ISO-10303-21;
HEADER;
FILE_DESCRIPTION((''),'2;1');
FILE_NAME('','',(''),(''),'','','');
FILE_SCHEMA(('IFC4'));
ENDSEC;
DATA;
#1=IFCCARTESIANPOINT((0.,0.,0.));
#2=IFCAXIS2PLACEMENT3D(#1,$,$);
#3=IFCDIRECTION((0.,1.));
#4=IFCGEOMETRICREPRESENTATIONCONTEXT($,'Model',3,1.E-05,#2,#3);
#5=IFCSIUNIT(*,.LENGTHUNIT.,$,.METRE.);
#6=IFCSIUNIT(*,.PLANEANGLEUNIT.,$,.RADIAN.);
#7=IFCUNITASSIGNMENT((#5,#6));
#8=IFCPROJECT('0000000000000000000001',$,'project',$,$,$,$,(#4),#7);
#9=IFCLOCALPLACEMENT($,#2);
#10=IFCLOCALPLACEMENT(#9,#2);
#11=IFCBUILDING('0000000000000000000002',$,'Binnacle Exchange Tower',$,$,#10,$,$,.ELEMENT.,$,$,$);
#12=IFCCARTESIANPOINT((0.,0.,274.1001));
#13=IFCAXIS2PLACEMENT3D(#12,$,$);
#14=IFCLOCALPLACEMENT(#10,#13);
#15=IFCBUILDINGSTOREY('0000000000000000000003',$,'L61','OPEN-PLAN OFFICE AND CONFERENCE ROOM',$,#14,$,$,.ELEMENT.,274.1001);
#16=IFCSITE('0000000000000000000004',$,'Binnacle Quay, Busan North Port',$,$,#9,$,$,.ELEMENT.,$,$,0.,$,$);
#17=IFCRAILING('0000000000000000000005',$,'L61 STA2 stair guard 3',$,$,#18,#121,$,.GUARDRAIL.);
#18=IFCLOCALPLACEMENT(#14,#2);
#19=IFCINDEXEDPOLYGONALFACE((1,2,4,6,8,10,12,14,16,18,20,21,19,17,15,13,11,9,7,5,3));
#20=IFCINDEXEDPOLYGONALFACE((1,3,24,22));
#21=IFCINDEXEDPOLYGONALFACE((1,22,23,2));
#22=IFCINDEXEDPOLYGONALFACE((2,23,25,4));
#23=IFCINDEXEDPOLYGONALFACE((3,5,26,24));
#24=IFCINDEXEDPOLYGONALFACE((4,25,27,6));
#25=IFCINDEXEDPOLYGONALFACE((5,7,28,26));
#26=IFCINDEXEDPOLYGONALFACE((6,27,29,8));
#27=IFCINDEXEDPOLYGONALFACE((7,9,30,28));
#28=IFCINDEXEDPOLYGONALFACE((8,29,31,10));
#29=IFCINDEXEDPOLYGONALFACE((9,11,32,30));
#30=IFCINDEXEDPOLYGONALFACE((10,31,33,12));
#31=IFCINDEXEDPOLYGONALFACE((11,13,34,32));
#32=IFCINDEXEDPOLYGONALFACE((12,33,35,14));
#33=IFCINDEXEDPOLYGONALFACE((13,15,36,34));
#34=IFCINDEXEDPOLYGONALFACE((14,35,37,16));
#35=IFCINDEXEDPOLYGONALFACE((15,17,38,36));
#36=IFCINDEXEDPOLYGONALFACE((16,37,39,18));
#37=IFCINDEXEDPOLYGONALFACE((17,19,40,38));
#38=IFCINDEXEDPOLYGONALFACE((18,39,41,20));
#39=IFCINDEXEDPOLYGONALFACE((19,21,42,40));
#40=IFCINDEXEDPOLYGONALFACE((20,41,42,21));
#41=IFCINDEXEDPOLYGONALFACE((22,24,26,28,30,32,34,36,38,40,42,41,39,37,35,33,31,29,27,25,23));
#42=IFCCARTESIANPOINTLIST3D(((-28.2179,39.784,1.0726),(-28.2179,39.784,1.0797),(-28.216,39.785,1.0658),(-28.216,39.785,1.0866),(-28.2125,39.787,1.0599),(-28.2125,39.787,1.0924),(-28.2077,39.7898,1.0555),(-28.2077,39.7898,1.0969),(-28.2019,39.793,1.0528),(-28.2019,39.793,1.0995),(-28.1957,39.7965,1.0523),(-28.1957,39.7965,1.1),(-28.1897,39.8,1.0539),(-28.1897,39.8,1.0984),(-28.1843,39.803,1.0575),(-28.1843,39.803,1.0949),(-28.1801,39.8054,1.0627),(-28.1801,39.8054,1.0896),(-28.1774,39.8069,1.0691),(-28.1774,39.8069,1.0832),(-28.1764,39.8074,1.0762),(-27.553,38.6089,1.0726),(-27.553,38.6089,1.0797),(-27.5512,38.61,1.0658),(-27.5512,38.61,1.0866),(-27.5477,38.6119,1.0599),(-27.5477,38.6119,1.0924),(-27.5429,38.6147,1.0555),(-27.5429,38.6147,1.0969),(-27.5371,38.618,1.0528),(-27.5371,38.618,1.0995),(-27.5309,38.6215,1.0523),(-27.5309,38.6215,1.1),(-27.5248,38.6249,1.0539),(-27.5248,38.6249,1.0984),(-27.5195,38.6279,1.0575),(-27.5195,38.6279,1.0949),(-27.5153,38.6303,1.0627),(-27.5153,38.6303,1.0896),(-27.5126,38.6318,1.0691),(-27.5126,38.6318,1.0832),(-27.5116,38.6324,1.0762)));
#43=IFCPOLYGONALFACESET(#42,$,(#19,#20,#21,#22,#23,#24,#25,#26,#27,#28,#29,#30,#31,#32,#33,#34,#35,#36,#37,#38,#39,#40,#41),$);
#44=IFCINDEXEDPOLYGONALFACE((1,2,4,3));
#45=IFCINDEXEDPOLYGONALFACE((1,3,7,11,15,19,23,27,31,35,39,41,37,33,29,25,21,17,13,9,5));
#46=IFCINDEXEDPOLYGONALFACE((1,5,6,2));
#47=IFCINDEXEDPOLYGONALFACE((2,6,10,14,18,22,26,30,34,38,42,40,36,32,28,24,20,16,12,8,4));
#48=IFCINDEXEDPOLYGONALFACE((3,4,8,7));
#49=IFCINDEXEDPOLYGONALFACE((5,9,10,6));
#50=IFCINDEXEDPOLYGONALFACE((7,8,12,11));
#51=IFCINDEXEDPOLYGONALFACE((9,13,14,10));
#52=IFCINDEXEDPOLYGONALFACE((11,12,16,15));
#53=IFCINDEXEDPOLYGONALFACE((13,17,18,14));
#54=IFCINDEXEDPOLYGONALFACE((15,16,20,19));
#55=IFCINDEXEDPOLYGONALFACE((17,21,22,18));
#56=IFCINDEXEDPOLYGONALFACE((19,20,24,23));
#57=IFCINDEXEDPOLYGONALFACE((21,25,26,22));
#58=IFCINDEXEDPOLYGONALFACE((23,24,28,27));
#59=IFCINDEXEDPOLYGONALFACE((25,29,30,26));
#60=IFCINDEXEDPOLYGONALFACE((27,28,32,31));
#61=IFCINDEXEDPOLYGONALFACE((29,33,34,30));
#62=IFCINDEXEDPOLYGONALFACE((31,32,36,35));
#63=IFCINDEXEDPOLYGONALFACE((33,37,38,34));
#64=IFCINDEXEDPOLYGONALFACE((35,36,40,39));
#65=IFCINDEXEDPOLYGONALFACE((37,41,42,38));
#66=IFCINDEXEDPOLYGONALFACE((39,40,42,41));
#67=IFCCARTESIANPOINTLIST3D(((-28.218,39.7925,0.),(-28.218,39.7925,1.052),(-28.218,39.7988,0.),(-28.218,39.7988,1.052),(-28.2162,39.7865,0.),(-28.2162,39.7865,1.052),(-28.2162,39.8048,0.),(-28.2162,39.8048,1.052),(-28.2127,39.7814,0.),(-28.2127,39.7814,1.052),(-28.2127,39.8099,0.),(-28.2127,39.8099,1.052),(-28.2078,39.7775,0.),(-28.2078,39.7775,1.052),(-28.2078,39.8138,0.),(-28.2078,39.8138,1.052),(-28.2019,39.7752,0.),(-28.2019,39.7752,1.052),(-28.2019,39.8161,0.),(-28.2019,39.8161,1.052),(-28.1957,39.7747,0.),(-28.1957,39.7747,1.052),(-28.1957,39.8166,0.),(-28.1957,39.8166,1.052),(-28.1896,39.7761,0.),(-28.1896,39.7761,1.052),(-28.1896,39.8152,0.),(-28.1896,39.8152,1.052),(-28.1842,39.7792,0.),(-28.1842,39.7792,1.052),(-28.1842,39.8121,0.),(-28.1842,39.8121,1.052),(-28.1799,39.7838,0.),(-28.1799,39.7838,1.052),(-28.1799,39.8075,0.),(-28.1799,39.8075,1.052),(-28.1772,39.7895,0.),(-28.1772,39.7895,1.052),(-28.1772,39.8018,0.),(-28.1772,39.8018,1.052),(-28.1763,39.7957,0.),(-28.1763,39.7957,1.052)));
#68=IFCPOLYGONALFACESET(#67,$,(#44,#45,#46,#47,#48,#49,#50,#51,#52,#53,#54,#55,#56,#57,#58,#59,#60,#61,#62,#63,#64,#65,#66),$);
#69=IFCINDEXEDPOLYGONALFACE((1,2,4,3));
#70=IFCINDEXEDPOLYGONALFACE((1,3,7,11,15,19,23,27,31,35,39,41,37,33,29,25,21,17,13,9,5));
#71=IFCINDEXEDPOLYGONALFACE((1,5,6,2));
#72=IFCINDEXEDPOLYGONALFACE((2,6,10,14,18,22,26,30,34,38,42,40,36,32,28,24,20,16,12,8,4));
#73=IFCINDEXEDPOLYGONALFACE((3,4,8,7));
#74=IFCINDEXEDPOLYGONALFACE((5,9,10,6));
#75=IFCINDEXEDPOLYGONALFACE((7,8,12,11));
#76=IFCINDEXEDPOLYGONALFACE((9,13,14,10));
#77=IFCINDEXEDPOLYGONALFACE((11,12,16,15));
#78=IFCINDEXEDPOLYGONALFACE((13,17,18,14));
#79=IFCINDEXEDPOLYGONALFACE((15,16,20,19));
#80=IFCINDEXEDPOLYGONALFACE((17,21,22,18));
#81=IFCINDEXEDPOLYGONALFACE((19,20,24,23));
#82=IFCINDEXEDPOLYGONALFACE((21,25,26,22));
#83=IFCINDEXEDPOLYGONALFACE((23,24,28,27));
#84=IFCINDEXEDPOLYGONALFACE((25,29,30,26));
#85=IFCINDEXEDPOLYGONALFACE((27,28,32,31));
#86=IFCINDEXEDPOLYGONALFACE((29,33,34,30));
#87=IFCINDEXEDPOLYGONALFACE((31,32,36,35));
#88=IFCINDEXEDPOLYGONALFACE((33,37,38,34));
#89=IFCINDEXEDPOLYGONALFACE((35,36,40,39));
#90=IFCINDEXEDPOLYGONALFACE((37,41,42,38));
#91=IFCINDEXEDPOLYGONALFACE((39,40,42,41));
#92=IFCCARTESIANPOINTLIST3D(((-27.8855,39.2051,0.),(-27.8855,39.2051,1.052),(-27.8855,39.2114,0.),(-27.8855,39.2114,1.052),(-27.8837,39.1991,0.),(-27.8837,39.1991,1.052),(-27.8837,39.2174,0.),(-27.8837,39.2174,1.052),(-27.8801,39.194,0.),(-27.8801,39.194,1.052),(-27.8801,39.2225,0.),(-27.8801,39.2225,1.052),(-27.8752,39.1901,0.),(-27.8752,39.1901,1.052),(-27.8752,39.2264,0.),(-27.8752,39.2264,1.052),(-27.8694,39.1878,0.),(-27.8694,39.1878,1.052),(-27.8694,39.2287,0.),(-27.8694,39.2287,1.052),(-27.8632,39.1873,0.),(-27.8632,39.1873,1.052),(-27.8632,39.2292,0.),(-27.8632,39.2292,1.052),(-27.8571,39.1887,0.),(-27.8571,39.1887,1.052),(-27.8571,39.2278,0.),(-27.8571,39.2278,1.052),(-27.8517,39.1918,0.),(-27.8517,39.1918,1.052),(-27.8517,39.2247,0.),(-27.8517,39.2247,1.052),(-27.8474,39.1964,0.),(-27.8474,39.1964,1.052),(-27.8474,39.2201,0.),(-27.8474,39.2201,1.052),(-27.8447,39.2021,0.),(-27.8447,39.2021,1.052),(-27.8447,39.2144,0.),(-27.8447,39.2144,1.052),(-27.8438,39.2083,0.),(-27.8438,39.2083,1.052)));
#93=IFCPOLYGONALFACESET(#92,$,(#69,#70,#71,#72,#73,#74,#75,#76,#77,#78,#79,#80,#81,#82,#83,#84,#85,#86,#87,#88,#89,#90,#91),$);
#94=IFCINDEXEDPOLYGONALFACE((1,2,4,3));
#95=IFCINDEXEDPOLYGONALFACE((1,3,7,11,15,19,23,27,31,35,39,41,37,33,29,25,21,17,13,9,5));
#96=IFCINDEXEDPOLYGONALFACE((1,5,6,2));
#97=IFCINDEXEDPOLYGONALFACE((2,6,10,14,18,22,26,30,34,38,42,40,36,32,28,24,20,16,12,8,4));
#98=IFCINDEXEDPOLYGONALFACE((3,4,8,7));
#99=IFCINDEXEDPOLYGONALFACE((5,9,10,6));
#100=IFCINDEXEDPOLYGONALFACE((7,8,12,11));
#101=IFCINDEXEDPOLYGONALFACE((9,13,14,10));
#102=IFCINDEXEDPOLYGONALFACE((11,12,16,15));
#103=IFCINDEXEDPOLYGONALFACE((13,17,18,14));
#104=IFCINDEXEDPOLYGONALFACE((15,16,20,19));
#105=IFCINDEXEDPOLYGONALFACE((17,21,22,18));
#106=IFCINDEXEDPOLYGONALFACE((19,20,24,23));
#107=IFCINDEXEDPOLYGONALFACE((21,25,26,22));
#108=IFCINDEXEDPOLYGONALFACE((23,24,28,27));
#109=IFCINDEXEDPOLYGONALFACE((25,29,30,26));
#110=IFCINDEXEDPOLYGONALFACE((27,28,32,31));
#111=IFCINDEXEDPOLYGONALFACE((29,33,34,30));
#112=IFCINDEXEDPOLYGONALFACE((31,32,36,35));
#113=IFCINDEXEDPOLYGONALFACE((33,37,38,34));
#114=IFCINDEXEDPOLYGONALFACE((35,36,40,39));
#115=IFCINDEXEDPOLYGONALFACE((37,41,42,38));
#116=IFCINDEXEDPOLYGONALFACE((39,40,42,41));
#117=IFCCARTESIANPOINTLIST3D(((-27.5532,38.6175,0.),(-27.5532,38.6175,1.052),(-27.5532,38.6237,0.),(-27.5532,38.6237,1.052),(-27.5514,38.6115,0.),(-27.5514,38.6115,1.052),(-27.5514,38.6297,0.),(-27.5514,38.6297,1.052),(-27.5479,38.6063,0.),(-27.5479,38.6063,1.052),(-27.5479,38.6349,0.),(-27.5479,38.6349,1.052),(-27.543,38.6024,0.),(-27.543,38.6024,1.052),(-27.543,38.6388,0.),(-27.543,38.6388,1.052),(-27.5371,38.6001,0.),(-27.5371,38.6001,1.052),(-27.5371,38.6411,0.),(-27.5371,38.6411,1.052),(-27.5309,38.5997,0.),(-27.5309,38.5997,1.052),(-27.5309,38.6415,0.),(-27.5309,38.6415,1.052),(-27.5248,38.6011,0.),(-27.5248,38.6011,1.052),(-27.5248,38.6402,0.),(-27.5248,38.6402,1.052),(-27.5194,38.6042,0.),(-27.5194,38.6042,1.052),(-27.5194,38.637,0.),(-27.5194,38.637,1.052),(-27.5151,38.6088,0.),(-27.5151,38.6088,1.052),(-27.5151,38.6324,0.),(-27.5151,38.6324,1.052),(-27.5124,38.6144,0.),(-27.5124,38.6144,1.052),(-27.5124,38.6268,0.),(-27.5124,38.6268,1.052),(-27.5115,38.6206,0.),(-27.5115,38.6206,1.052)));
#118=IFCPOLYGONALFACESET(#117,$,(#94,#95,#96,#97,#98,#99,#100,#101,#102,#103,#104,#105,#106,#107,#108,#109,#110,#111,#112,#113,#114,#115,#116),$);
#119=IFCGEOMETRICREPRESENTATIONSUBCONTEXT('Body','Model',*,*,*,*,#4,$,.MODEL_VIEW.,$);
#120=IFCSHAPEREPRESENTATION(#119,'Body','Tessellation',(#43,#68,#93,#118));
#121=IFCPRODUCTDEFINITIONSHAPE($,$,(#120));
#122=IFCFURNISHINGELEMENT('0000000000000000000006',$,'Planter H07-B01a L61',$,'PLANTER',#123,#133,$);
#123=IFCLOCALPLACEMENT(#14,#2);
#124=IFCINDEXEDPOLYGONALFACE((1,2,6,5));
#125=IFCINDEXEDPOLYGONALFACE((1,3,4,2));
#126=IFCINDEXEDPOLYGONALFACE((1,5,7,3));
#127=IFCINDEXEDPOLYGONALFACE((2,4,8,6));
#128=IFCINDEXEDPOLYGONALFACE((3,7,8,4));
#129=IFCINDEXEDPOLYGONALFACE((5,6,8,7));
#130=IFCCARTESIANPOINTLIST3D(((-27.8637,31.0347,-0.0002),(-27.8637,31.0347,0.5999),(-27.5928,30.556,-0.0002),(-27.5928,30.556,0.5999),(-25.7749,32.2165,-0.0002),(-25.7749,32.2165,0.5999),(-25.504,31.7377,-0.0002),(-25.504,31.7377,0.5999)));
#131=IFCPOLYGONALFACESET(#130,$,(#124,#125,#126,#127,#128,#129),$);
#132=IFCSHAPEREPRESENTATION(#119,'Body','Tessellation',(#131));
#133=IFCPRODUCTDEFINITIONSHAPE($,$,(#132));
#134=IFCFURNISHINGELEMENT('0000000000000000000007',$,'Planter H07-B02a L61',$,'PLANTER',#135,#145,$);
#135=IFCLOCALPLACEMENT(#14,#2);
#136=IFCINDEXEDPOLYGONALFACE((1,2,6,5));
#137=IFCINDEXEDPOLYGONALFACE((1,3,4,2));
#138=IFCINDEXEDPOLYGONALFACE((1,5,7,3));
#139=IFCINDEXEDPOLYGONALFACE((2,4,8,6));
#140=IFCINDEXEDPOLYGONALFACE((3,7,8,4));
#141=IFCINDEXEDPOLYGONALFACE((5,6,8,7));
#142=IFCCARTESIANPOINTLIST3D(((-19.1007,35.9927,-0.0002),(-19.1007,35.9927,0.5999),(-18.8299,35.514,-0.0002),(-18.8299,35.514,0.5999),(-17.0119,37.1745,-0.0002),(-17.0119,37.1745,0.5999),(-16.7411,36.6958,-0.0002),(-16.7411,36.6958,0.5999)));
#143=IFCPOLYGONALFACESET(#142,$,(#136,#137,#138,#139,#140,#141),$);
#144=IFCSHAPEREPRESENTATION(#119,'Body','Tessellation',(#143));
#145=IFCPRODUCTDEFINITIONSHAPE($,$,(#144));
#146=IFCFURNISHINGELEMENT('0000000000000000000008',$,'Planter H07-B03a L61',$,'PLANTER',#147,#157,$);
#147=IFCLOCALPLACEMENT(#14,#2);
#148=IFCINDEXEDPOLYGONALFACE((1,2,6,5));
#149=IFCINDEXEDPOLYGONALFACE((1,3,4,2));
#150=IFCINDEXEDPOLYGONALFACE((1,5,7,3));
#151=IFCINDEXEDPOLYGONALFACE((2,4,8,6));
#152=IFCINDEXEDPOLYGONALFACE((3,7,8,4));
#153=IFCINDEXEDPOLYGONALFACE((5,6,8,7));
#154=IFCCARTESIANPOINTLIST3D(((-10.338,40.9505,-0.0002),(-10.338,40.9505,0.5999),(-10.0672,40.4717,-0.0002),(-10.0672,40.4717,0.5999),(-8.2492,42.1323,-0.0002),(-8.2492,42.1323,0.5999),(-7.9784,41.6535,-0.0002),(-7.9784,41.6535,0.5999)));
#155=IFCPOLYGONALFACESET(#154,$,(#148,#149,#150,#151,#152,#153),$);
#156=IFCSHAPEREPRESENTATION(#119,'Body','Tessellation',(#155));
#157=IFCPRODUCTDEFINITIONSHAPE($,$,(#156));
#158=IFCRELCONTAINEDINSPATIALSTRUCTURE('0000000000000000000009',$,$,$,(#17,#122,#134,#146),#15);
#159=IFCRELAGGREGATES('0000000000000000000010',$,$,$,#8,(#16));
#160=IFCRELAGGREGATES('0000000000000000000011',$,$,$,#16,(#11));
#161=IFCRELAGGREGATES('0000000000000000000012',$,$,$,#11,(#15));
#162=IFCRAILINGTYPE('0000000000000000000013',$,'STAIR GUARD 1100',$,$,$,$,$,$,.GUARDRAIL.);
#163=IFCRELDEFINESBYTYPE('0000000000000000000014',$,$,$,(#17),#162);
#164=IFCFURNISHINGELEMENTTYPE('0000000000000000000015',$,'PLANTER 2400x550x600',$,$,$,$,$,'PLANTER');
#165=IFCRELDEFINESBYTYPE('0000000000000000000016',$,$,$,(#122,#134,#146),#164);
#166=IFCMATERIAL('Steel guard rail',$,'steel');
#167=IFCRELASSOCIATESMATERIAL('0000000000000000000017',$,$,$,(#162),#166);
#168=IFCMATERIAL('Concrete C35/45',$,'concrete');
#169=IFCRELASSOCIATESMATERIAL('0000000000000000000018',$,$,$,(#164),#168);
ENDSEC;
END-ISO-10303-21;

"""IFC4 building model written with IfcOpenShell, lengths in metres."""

from ifc_helpers import new_model, si_unit, direction, frame, origin, origin_2d, place, context, subcontext, project, spatial, rectangle, circle, extrude, material, type_object, element, save


model = new_model("IFC4")

# Units and contexts
model_context = context("Model", 3, precision=1e-05, world=origin(), true_north=direction((0.0, 1.0)))
body_context = subcontext(model_context, "Body", "Model", "MODEL_VIEW")
ifc_project = project(units=[si_unit("LENGTHUNIT", "METRE"), si_unit("PLANEANGLEUNIT", "RADIAN")], contexts=[model_context])

# Site, building, storey
site_placement = place(None, origin())
site = spatial("IfcSite", under=ifc_project, at=site_placement, Name="Binnacle Quay, Busan North Port", CompositionType="ELEMENT", RefElevation=0.0)
building_placement = place(site_placement, origin())
building = spatial("IfcBuilding", under=site, at=building_placement, Name="Binnacle Exchange Tower", CompositionType="ELEMENT")
storey_placement = place(building_placement, frame((0.0, 0.0, 274.1001)))
storey = spatial("IfcBuildingStorey", under=building, at=storey_placement, Name="L61", Description="OPEN-PLAN OFFICE AND CONFERENCE ROOM", CompositionType="ELEMENT", Elevation=274.1001)

# Shared definitions
ifc_material_1 = material(Name="Concrete C35/45", Category="concrete")

# Railing
ifc_material_2 = material(Name="Steel guard rail", Category="steel")
railing_type_1 = type_object("IfcRailingType", Name="STAIR GUARD 1100", PredefinedType="GUARDRAIL", material=ifc_material_2)
railing_1_placement = place(storey_placement, frame((-28.1973, 39.7957, 0.0)))
element("IfcRailing", 1, at=railing_1_placement, inside=storey, type_object=railing_type_1, Name="L61 STA2 stair guard 3", PredefinedType="GUARDRAIL", context=body_context, shape_type="SweptSolid", body=[
    extrude(circle(Radius=0.0239, at=origin_2d()), frame((0.0, 0.0, 1.0762), z_axis=(0.492415, -0.870361, 0.0), x_axis=(0.870361, 0.492415, 0.0)), (0.0, 0.0, 1.0), 1.3501),
    extrude(circle(Radius=0.021, at=origin_2d()), origin(), (0.0, 0.0, 1.0), 1.052),
    extrude(circle(Radius=0.021, at=origin_2d()), frame((0.3325, -0.5874, 0.0)), (0.0, 0.0, 1.0), 1.052),
    extrude(circle(Radius=0.021, at=origin_2d()), frame((0.6648, -1.175, 0.0)), (0.0, 0.0, 1.0), 1.052),
])

# Furnishing elements
furnishing_element_type = type_object("IfcFurnishingElementType", Name="PLANTER 2400x550x600", ElementType="PLANTER", material=ifc_material_1)
for number, where, z_axis, x_axis, name in (
    (2, (-26.6838, 31.3862, -0.0002), (0.0, 0.0, 1.0), (0.870356, 0.492424, 0.0), "Planter H07-B01a L61"),
    (3, (-17.9209, 36.3442, -0.0002), (0.0, 0.0, 1.0), (0.870356, 0.492424, 0.0), "Planter H07-B02a L61"),
    (4, (-9.1582, 41.302, -0.0002), (0.0, 0.0, 1.0), (0.870356, 0.492424, 0.0), "Planter H07-B03a L61"),
):
    element("IfcFurnishingElement", number, at=place(storey_placement, frame(where, z_axis=z_axis, x_axis=x_axis)), inside=storey, type_object=furnishing_element_type, Name=name, ObjectType="PLANTER", context=body_context, shape_type="SweptSolid", body=[
        extrude(rectangle(XDim=2.3999, YDim=0.55, at=origin_2d()), origin(), (0.0, 0.0, 1.0), 0.6001),
    ])

save(model, "model.ifc")
